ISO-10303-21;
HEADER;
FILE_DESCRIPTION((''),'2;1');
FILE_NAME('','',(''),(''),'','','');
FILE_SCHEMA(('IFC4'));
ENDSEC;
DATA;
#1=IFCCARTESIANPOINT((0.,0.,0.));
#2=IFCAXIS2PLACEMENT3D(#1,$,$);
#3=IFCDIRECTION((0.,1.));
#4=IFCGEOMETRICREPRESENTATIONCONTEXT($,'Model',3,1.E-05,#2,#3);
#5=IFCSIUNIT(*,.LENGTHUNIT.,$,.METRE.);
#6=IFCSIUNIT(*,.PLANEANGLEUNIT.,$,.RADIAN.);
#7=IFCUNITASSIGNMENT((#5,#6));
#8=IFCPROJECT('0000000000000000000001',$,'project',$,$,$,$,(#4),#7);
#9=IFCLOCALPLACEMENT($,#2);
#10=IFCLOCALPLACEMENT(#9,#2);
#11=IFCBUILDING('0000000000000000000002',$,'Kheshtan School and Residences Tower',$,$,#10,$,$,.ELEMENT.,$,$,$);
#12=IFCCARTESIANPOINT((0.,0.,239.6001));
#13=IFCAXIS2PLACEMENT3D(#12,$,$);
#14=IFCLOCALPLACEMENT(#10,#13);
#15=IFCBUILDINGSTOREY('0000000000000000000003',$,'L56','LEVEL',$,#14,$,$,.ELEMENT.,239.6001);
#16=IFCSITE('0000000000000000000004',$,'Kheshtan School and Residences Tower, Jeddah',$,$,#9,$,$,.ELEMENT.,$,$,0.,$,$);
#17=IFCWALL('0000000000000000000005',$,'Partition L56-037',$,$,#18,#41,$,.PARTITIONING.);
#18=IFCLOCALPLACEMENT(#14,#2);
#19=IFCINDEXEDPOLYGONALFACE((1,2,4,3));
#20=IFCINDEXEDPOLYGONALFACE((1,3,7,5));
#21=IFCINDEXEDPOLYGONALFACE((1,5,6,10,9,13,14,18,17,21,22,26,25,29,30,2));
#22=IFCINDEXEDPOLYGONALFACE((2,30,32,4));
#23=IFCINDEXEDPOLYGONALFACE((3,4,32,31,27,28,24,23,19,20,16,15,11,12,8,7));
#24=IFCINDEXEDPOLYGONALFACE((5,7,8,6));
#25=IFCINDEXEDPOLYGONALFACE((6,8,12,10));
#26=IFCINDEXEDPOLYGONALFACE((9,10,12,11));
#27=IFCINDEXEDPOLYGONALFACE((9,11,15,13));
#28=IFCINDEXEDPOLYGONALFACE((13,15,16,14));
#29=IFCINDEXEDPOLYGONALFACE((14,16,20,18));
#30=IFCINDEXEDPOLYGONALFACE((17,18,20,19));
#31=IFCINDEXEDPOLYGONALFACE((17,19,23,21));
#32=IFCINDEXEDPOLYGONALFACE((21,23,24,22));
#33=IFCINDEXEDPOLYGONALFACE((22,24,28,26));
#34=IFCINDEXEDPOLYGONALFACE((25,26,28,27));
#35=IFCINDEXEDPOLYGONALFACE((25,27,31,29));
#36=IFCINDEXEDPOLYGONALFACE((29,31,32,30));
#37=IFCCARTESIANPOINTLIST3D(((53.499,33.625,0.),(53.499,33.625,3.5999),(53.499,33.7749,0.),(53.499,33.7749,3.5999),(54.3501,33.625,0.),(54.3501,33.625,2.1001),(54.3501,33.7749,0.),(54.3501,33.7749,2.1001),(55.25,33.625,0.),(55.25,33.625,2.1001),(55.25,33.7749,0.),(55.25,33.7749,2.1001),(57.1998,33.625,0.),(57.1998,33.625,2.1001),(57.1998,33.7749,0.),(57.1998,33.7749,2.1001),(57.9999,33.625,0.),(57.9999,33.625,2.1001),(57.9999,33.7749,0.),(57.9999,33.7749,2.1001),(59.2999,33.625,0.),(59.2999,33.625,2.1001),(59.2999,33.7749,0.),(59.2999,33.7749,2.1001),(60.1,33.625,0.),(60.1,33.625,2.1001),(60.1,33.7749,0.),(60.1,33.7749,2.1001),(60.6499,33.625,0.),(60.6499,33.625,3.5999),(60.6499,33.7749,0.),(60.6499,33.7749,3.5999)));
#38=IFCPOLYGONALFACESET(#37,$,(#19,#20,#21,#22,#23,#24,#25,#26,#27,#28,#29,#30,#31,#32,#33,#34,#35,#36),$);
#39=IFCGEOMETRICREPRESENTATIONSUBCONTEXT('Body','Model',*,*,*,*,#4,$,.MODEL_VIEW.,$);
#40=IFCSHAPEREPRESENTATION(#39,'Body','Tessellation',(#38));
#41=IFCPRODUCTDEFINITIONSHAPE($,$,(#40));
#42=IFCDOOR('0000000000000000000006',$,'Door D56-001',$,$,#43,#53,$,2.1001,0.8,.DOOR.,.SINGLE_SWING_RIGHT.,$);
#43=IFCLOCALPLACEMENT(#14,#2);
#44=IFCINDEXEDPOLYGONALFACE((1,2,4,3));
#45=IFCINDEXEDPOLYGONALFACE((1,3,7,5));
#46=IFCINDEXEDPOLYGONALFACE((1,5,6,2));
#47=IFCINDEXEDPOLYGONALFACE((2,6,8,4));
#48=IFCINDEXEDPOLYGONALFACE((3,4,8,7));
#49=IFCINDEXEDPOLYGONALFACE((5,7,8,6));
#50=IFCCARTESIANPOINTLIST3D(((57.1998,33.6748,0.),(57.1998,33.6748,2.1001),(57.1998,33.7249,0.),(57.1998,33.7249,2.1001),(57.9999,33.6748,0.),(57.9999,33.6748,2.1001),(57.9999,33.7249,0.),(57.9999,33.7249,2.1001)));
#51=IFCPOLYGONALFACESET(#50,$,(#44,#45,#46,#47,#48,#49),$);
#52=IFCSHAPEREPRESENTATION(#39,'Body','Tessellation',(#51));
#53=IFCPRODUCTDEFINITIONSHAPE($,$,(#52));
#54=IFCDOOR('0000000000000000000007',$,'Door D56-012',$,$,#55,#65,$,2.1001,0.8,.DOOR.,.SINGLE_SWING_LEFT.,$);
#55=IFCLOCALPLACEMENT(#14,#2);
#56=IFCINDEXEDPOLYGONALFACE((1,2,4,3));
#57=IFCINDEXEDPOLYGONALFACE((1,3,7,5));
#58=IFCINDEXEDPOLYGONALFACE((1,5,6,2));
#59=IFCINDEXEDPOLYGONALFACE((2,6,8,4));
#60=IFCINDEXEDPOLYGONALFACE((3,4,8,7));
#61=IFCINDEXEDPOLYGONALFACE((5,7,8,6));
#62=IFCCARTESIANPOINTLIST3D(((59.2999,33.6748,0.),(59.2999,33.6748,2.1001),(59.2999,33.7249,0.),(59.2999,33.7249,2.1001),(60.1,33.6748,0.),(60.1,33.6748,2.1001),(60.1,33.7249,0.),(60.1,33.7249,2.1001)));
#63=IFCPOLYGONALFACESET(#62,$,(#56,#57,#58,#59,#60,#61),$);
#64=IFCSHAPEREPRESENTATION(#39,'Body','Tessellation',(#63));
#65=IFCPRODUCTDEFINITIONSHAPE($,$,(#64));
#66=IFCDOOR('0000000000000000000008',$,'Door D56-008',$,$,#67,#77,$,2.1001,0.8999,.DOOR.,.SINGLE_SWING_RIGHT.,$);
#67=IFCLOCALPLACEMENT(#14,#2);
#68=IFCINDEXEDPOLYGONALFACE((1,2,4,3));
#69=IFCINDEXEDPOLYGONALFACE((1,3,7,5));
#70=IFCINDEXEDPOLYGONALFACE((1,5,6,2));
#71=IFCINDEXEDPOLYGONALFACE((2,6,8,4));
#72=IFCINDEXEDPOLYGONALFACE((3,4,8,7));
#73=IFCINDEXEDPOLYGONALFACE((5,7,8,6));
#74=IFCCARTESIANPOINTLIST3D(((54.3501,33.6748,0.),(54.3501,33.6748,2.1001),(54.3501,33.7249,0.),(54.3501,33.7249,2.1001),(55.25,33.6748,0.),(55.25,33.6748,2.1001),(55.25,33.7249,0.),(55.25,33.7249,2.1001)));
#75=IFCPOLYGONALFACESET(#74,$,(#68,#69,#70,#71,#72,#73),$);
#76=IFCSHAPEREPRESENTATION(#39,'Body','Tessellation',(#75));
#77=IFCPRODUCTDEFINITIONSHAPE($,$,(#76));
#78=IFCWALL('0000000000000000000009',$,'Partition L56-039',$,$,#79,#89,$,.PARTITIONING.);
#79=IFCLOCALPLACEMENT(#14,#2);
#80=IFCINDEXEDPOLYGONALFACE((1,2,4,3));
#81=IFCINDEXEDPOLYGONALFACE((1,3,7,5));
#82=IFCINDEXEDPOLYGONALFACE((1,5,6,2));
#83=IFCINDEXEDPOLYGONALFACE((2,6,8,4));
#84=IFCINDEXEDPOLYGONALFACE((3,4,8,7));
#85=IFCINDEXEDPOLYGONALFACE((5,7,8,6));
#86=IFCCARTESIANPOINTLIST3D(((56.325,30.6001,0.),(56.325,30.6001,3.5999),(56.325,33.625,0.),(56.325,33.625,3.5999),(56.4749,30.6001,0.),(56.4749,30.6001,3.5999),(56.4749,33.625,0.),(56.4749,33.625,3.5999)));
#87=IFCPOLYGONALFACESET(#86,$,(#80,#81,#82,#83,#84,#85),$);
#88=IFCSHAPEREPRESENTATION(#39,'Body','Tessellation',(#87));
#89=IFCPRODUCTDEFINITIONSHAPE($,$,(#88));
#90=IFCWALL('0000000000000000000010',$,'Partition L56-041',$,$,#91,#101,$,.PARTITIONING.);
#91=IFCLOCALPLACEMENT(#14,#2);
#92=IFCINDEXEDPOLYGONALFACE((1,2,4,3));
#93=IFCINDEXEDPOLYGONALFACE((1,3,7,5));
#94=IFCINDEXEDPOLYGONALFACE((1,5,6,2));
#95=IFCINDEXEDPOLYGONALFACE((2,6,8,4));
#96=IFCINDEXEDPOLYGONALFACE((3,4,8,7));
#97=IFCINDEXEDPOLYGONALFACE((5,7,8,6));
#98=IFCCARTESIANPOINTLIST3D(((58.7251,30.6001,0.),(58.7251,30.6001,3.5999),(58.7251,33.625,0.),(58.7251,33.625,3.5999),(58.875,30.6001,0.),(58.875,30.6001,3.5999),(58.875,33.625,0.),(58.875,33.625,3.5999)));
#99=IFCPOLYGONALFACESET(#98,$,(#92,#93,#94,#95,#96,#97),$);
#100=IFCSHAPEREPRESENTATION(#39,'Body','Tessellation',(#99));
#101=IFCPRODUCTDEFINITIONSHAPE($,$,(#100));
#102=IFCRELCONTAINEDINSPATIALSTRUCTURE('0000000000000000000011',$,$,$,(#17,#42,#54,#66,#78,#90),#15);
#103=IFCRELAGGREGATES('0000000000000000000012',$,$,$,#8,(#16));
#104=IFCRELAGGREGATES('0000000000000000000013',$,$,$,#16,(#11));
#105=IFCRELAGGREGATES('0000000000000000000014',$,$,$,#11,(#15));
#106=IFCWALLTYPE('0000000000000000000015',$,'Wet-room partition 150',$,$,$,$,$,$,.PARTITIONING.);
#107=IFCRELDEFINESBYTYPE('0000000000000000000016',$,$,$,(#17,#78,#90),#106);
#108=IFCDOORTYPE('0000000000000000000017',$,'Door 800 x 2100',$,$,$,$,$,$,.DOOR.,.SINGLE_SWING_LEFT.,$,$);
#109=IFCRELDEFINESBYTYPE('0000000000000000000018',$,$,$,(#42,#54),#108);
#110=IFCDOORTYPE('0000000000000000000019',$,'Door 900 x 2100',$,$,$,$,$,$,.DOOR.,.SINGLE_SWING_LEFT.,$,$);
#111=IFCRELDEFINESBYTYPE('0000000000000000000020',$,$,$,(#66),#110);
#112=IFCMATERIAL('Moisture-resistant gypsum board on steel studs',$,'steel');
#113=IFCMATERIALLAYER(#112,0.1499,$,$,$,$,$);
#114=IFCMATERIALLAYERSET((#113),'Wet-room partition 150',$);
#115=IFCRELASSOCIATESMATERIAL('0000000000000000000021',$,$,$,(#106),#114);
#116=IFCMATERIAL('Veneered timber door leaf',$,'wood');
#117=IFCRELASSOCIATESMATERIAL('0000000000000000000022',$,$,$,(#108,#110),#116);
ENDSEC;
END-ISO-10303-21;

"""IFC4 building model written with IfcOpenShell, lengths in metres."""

from ifc_helpers import new_model, si_unit, direction, frame, frame_2d, origin, place, context, subcontext, project, spatial, rectangle, extrude, source, transform, mapped, material, layer, layer_set, type_object, element, fill, save


model = new_model("IFC4")

# Units and contexts
model_context = context("Model", 3, precision=1e-05, world=origin(), true_north=direction((0.0, 1.0)))
body_context = subcontext(model_context, "Body", "Model", "MODEL_VIEW")
ifc_project = project(units=[si_unit("LENGTHUNIT", "METRE"), si_unit("PLANEANGLEUNIT", "RADIAN")], contexts=[model_context])

# Site, building, storey
site_placement = place(None, origin())
site = spatial("IfcSite", under=ifc_project, at=site_placement, Name="Kheshtan School and Residences Tower, Jeddah", CompositionType="ELEMENT", RefElevation=0.0)
building_placement = place(site_placement, origin())
building = spatial("IfcBuilding", under=site, at=building_placement, Name="Kheshtan School and Residences Tower", CompositionType="ELEMENT")
storey_placement = place(building_placement, frame((0.0, 0.0, 239.6001)))
storey = spatial("IfcBuildingStorey", under=building, at=storey_placement, Name="L56", Description="LEVEL", CompositionType="ELEMENT", Elevation=239.6001)

# Wall, openings, doors
ifc_material_1 = material(Name="Moisture-resistant gypsum board on steel studs", Category="steel")
ifc_layer_1 = layer(ifc_material_1, 0.1499)
ifc_layer_set_1 = layer_set([ifc_layer_1], Name="Wet-room partition 150")
wall_type_1 = type_object("IfcWallType", Name="Wet-room partition 150", PredefinedType="PARTITIONING", material=ifc_layer_set_1)
wall_1_placement = place(storey_placement, frame((53.499, 33.7, 0.0), z_axis=(0.0, 0.0, 1.0), x_axis=(1.0, 0.0, 0.0)))
wall_1 = element("IfcWall", 1, at=wall_1_placement, inside=storey, type_object=wall_type_1, Name="Partition L56-037", PredefinedType="PARTITIONING", context=body_context, shape_type="SweptSolid", body=[
    extrude(rectangle(XDim=7.1509, YDim=0.1499, at=frame_2d((3.5754, 0.0))), origin(), (0.0, 0.0, 1.0), 3.5999),
])
opening_1_placement = place(wall_1_placement, frame((3.7009, 0.0, 0.0)))
opening_1 = element("IfcOpeningElement", 2, at=opening_1_placement, cuts=wall_1, PredefinedType="OPENING", context=body_context, shape_type="SweptSolid", body=[
    extrude(rectangle(XDim=0.8, YDim=2.1001, at=frame_2d((0.3999, 1.05))), frame((0.0, 0.085, 0.0), z_axis=(0.0, -1.0, 0.0), x_axis=(1.0, 0.0, 0.0)), (0.0, 0.0, 1.0), 0.1699),
])
opening_2_placement = place(wall_1_placement, frame((0.8511, 0.0, 0.0)))
opening_2 = element("IfcOpeningElement", 3, at=opening_2_placement, cuts=wall_1, PredefinedType="OPENING", context=body_context, shape_type="SweptSolid", body=[
    extrude(rectangle(XDim=0.8999, YDim=2.1001, at=frame_2d((0.45, 1.05))), frame((0.0, 0.085, 0.0), z_axis=(0.0, -1.0, 0.0), x_axis=(1.0, 0.0, 0.0)), (0.0, 0.0, 1.0), 0.1699),
])
opening_3_placement = place(wall_1_placement, frame((5.801, 0.0, 0.0)))
opening_3 = element("IfcOpeningElement", 4, at=opening_3_placement, cuts=wall_1, PredefinedType="OPENING", context=body_context, shape_type="SweptSolid", body=[
    extrude(rectangle(XDim=0.8, YDim=2.1001, at=frame_2d((0.3999, 1.05))), frame((0.0, 0.085, 0.0), z_axis=(0.0, -1.0, 0.0), x_axis=(1.0, 0.0, 0.0)), (0.0, 0.0, 1.0), 0.1699),
])
ifc_material_2 = material(Name="Veneered timber door leaf", Category="wood")
door_type_1 = type_object("IfcDoorType", Name="Door 800 x 2100", OperationType="SINGLE_SWING_LEFT", PredefinedType="DOOR", material=ifc_material_2)
shared_shape_1 = source(origin(), body_context, "Body", "SweptSolid", [
    extrude(rectangle(XDim=0.8, YDim=2.1001, at=frame_2d((0.3999, 1.05))), frame((0.0, 0.0249, 0.0), z_axis=(0.0, -1.0, 0.0), x_axis=(1.0, 0.0, 0.0)), (0.0, 0.0, 1.0), 0.05),
])
door_1_placement = place(opening_1_placement, origin())
door_1 = element("IfcDoor", 5, at=door_1_placement, inside=storey, type_object=door_type_1, Name="Door D56-001", OperationType="SINGLE_SWING_RIGHT", OverallHeight=2.1001, OverallWidth=0.8, PredefinedType="DOOR", context=body_context, shape_type="MappedRepresentation", body=[
    mapped(shared_shape_1, transform((0.0, 0.0, 0.0), x_axis=(1.0, 0.0, 0.0), y_axis=(0.0, 1.0, 0.0), z_axis=(0.0, 0.0, 1.0), scale=1.0)),
])
fill(opening_1, door_1)
door_2_placement = place(opening_3_placement, origin())
door_2 = element("IfcDoor", 6, at=door_2_placement, inside=storey, type_object=door_type_1, Name="Door D56-012", OperationType="SINGLE_SWING_LEFT", OverallHeight=2.1001, OverallWidth=0.8, PredefinedType="DOOR", context=body_context, shape_type="MappedRepresentation", body=[
    mapped(shared_shape_1, transform((0.0, 0.0, 0.0), x_axis=(1.0, 0.0, 0.0), y_axis=(0.0, 1.0, 0.0), z_axis=(0.0, 0.0, 1.0), scale=1.0)),
])
fill(opening_3, door_2)
door_type_2 = type_object("IfcDoorType", Name="Door 900 x 2100", OperationType="SINGLE_SWING_LEFT", PredefinedType="DOOR", material=ifc_material_2)
shared_shape_2 = source(origin(), body_context, "Body", "SweptSolid", [
    extrude(rectangle(XDim=0.8999, YDim=2.1001, at=frame_2d((0.45, 1.05))), frame((0.0, 0.0249, 0.0), z_axis=(0.0, -1.0, 0.0), x_axis=(1.0, 0.0, 0.0)), (0.0, 0.0, 1.0), 0.05),
])
door_3_placement = place(opening_2_placement, origin())
door_3 = element("IfcDoor", 7, at=door_3_placement, inside=storey, type_object=door_type_2, Name="Door D56-008", OperationType="SINGLE_SWING_RIGHT", OverallHeight=2.1001, OverallWidth=0.8999, PredefinedType="DOOR", context=body_context, shape_type="MappedRepresentation", body=[
    mapped(shared_shape_2, transform((0.0, 0.0, 0.0), x_axis=(1.0, 0.0, 0.0), y_axis=(0.0, 1.0, 0.0), z_axis=(0.0, 0.0, 1.0), scale=1.0)),
])
fill(opening_2, door_3)

# Walls
for number, where, z_axis, x_axis, name in (
    (8, (56.3999, 30.6001, 0.0), (0.0, 0.0, 1.0), (0.0, 1.0, 0.0), "Partition L56-039"),
    (9, (58.8, 30.6001, 0.0), (0.0, 0.0, 1.0), (0.0, 1.0, 0.0), "Partition L56-041"),
):
    element("IfcWall", number, at=place(storey_placement, frame(where, z_axis=z_axis, x_axis=x_axis)), inside=storey, type_object=wall_type_1, Name=name, PredefinedType="PARTITIONING", context=body_context, shape_type="SweptSolid", body=[
        extrude(rectangle(XDim=3.0249, YDim=0.1499, at=frame_2d((1.5125, 0.0))), origin(), (0.0, 0.0, 1.0), 3.5999),
    ])

save(model, "model.ifc")
